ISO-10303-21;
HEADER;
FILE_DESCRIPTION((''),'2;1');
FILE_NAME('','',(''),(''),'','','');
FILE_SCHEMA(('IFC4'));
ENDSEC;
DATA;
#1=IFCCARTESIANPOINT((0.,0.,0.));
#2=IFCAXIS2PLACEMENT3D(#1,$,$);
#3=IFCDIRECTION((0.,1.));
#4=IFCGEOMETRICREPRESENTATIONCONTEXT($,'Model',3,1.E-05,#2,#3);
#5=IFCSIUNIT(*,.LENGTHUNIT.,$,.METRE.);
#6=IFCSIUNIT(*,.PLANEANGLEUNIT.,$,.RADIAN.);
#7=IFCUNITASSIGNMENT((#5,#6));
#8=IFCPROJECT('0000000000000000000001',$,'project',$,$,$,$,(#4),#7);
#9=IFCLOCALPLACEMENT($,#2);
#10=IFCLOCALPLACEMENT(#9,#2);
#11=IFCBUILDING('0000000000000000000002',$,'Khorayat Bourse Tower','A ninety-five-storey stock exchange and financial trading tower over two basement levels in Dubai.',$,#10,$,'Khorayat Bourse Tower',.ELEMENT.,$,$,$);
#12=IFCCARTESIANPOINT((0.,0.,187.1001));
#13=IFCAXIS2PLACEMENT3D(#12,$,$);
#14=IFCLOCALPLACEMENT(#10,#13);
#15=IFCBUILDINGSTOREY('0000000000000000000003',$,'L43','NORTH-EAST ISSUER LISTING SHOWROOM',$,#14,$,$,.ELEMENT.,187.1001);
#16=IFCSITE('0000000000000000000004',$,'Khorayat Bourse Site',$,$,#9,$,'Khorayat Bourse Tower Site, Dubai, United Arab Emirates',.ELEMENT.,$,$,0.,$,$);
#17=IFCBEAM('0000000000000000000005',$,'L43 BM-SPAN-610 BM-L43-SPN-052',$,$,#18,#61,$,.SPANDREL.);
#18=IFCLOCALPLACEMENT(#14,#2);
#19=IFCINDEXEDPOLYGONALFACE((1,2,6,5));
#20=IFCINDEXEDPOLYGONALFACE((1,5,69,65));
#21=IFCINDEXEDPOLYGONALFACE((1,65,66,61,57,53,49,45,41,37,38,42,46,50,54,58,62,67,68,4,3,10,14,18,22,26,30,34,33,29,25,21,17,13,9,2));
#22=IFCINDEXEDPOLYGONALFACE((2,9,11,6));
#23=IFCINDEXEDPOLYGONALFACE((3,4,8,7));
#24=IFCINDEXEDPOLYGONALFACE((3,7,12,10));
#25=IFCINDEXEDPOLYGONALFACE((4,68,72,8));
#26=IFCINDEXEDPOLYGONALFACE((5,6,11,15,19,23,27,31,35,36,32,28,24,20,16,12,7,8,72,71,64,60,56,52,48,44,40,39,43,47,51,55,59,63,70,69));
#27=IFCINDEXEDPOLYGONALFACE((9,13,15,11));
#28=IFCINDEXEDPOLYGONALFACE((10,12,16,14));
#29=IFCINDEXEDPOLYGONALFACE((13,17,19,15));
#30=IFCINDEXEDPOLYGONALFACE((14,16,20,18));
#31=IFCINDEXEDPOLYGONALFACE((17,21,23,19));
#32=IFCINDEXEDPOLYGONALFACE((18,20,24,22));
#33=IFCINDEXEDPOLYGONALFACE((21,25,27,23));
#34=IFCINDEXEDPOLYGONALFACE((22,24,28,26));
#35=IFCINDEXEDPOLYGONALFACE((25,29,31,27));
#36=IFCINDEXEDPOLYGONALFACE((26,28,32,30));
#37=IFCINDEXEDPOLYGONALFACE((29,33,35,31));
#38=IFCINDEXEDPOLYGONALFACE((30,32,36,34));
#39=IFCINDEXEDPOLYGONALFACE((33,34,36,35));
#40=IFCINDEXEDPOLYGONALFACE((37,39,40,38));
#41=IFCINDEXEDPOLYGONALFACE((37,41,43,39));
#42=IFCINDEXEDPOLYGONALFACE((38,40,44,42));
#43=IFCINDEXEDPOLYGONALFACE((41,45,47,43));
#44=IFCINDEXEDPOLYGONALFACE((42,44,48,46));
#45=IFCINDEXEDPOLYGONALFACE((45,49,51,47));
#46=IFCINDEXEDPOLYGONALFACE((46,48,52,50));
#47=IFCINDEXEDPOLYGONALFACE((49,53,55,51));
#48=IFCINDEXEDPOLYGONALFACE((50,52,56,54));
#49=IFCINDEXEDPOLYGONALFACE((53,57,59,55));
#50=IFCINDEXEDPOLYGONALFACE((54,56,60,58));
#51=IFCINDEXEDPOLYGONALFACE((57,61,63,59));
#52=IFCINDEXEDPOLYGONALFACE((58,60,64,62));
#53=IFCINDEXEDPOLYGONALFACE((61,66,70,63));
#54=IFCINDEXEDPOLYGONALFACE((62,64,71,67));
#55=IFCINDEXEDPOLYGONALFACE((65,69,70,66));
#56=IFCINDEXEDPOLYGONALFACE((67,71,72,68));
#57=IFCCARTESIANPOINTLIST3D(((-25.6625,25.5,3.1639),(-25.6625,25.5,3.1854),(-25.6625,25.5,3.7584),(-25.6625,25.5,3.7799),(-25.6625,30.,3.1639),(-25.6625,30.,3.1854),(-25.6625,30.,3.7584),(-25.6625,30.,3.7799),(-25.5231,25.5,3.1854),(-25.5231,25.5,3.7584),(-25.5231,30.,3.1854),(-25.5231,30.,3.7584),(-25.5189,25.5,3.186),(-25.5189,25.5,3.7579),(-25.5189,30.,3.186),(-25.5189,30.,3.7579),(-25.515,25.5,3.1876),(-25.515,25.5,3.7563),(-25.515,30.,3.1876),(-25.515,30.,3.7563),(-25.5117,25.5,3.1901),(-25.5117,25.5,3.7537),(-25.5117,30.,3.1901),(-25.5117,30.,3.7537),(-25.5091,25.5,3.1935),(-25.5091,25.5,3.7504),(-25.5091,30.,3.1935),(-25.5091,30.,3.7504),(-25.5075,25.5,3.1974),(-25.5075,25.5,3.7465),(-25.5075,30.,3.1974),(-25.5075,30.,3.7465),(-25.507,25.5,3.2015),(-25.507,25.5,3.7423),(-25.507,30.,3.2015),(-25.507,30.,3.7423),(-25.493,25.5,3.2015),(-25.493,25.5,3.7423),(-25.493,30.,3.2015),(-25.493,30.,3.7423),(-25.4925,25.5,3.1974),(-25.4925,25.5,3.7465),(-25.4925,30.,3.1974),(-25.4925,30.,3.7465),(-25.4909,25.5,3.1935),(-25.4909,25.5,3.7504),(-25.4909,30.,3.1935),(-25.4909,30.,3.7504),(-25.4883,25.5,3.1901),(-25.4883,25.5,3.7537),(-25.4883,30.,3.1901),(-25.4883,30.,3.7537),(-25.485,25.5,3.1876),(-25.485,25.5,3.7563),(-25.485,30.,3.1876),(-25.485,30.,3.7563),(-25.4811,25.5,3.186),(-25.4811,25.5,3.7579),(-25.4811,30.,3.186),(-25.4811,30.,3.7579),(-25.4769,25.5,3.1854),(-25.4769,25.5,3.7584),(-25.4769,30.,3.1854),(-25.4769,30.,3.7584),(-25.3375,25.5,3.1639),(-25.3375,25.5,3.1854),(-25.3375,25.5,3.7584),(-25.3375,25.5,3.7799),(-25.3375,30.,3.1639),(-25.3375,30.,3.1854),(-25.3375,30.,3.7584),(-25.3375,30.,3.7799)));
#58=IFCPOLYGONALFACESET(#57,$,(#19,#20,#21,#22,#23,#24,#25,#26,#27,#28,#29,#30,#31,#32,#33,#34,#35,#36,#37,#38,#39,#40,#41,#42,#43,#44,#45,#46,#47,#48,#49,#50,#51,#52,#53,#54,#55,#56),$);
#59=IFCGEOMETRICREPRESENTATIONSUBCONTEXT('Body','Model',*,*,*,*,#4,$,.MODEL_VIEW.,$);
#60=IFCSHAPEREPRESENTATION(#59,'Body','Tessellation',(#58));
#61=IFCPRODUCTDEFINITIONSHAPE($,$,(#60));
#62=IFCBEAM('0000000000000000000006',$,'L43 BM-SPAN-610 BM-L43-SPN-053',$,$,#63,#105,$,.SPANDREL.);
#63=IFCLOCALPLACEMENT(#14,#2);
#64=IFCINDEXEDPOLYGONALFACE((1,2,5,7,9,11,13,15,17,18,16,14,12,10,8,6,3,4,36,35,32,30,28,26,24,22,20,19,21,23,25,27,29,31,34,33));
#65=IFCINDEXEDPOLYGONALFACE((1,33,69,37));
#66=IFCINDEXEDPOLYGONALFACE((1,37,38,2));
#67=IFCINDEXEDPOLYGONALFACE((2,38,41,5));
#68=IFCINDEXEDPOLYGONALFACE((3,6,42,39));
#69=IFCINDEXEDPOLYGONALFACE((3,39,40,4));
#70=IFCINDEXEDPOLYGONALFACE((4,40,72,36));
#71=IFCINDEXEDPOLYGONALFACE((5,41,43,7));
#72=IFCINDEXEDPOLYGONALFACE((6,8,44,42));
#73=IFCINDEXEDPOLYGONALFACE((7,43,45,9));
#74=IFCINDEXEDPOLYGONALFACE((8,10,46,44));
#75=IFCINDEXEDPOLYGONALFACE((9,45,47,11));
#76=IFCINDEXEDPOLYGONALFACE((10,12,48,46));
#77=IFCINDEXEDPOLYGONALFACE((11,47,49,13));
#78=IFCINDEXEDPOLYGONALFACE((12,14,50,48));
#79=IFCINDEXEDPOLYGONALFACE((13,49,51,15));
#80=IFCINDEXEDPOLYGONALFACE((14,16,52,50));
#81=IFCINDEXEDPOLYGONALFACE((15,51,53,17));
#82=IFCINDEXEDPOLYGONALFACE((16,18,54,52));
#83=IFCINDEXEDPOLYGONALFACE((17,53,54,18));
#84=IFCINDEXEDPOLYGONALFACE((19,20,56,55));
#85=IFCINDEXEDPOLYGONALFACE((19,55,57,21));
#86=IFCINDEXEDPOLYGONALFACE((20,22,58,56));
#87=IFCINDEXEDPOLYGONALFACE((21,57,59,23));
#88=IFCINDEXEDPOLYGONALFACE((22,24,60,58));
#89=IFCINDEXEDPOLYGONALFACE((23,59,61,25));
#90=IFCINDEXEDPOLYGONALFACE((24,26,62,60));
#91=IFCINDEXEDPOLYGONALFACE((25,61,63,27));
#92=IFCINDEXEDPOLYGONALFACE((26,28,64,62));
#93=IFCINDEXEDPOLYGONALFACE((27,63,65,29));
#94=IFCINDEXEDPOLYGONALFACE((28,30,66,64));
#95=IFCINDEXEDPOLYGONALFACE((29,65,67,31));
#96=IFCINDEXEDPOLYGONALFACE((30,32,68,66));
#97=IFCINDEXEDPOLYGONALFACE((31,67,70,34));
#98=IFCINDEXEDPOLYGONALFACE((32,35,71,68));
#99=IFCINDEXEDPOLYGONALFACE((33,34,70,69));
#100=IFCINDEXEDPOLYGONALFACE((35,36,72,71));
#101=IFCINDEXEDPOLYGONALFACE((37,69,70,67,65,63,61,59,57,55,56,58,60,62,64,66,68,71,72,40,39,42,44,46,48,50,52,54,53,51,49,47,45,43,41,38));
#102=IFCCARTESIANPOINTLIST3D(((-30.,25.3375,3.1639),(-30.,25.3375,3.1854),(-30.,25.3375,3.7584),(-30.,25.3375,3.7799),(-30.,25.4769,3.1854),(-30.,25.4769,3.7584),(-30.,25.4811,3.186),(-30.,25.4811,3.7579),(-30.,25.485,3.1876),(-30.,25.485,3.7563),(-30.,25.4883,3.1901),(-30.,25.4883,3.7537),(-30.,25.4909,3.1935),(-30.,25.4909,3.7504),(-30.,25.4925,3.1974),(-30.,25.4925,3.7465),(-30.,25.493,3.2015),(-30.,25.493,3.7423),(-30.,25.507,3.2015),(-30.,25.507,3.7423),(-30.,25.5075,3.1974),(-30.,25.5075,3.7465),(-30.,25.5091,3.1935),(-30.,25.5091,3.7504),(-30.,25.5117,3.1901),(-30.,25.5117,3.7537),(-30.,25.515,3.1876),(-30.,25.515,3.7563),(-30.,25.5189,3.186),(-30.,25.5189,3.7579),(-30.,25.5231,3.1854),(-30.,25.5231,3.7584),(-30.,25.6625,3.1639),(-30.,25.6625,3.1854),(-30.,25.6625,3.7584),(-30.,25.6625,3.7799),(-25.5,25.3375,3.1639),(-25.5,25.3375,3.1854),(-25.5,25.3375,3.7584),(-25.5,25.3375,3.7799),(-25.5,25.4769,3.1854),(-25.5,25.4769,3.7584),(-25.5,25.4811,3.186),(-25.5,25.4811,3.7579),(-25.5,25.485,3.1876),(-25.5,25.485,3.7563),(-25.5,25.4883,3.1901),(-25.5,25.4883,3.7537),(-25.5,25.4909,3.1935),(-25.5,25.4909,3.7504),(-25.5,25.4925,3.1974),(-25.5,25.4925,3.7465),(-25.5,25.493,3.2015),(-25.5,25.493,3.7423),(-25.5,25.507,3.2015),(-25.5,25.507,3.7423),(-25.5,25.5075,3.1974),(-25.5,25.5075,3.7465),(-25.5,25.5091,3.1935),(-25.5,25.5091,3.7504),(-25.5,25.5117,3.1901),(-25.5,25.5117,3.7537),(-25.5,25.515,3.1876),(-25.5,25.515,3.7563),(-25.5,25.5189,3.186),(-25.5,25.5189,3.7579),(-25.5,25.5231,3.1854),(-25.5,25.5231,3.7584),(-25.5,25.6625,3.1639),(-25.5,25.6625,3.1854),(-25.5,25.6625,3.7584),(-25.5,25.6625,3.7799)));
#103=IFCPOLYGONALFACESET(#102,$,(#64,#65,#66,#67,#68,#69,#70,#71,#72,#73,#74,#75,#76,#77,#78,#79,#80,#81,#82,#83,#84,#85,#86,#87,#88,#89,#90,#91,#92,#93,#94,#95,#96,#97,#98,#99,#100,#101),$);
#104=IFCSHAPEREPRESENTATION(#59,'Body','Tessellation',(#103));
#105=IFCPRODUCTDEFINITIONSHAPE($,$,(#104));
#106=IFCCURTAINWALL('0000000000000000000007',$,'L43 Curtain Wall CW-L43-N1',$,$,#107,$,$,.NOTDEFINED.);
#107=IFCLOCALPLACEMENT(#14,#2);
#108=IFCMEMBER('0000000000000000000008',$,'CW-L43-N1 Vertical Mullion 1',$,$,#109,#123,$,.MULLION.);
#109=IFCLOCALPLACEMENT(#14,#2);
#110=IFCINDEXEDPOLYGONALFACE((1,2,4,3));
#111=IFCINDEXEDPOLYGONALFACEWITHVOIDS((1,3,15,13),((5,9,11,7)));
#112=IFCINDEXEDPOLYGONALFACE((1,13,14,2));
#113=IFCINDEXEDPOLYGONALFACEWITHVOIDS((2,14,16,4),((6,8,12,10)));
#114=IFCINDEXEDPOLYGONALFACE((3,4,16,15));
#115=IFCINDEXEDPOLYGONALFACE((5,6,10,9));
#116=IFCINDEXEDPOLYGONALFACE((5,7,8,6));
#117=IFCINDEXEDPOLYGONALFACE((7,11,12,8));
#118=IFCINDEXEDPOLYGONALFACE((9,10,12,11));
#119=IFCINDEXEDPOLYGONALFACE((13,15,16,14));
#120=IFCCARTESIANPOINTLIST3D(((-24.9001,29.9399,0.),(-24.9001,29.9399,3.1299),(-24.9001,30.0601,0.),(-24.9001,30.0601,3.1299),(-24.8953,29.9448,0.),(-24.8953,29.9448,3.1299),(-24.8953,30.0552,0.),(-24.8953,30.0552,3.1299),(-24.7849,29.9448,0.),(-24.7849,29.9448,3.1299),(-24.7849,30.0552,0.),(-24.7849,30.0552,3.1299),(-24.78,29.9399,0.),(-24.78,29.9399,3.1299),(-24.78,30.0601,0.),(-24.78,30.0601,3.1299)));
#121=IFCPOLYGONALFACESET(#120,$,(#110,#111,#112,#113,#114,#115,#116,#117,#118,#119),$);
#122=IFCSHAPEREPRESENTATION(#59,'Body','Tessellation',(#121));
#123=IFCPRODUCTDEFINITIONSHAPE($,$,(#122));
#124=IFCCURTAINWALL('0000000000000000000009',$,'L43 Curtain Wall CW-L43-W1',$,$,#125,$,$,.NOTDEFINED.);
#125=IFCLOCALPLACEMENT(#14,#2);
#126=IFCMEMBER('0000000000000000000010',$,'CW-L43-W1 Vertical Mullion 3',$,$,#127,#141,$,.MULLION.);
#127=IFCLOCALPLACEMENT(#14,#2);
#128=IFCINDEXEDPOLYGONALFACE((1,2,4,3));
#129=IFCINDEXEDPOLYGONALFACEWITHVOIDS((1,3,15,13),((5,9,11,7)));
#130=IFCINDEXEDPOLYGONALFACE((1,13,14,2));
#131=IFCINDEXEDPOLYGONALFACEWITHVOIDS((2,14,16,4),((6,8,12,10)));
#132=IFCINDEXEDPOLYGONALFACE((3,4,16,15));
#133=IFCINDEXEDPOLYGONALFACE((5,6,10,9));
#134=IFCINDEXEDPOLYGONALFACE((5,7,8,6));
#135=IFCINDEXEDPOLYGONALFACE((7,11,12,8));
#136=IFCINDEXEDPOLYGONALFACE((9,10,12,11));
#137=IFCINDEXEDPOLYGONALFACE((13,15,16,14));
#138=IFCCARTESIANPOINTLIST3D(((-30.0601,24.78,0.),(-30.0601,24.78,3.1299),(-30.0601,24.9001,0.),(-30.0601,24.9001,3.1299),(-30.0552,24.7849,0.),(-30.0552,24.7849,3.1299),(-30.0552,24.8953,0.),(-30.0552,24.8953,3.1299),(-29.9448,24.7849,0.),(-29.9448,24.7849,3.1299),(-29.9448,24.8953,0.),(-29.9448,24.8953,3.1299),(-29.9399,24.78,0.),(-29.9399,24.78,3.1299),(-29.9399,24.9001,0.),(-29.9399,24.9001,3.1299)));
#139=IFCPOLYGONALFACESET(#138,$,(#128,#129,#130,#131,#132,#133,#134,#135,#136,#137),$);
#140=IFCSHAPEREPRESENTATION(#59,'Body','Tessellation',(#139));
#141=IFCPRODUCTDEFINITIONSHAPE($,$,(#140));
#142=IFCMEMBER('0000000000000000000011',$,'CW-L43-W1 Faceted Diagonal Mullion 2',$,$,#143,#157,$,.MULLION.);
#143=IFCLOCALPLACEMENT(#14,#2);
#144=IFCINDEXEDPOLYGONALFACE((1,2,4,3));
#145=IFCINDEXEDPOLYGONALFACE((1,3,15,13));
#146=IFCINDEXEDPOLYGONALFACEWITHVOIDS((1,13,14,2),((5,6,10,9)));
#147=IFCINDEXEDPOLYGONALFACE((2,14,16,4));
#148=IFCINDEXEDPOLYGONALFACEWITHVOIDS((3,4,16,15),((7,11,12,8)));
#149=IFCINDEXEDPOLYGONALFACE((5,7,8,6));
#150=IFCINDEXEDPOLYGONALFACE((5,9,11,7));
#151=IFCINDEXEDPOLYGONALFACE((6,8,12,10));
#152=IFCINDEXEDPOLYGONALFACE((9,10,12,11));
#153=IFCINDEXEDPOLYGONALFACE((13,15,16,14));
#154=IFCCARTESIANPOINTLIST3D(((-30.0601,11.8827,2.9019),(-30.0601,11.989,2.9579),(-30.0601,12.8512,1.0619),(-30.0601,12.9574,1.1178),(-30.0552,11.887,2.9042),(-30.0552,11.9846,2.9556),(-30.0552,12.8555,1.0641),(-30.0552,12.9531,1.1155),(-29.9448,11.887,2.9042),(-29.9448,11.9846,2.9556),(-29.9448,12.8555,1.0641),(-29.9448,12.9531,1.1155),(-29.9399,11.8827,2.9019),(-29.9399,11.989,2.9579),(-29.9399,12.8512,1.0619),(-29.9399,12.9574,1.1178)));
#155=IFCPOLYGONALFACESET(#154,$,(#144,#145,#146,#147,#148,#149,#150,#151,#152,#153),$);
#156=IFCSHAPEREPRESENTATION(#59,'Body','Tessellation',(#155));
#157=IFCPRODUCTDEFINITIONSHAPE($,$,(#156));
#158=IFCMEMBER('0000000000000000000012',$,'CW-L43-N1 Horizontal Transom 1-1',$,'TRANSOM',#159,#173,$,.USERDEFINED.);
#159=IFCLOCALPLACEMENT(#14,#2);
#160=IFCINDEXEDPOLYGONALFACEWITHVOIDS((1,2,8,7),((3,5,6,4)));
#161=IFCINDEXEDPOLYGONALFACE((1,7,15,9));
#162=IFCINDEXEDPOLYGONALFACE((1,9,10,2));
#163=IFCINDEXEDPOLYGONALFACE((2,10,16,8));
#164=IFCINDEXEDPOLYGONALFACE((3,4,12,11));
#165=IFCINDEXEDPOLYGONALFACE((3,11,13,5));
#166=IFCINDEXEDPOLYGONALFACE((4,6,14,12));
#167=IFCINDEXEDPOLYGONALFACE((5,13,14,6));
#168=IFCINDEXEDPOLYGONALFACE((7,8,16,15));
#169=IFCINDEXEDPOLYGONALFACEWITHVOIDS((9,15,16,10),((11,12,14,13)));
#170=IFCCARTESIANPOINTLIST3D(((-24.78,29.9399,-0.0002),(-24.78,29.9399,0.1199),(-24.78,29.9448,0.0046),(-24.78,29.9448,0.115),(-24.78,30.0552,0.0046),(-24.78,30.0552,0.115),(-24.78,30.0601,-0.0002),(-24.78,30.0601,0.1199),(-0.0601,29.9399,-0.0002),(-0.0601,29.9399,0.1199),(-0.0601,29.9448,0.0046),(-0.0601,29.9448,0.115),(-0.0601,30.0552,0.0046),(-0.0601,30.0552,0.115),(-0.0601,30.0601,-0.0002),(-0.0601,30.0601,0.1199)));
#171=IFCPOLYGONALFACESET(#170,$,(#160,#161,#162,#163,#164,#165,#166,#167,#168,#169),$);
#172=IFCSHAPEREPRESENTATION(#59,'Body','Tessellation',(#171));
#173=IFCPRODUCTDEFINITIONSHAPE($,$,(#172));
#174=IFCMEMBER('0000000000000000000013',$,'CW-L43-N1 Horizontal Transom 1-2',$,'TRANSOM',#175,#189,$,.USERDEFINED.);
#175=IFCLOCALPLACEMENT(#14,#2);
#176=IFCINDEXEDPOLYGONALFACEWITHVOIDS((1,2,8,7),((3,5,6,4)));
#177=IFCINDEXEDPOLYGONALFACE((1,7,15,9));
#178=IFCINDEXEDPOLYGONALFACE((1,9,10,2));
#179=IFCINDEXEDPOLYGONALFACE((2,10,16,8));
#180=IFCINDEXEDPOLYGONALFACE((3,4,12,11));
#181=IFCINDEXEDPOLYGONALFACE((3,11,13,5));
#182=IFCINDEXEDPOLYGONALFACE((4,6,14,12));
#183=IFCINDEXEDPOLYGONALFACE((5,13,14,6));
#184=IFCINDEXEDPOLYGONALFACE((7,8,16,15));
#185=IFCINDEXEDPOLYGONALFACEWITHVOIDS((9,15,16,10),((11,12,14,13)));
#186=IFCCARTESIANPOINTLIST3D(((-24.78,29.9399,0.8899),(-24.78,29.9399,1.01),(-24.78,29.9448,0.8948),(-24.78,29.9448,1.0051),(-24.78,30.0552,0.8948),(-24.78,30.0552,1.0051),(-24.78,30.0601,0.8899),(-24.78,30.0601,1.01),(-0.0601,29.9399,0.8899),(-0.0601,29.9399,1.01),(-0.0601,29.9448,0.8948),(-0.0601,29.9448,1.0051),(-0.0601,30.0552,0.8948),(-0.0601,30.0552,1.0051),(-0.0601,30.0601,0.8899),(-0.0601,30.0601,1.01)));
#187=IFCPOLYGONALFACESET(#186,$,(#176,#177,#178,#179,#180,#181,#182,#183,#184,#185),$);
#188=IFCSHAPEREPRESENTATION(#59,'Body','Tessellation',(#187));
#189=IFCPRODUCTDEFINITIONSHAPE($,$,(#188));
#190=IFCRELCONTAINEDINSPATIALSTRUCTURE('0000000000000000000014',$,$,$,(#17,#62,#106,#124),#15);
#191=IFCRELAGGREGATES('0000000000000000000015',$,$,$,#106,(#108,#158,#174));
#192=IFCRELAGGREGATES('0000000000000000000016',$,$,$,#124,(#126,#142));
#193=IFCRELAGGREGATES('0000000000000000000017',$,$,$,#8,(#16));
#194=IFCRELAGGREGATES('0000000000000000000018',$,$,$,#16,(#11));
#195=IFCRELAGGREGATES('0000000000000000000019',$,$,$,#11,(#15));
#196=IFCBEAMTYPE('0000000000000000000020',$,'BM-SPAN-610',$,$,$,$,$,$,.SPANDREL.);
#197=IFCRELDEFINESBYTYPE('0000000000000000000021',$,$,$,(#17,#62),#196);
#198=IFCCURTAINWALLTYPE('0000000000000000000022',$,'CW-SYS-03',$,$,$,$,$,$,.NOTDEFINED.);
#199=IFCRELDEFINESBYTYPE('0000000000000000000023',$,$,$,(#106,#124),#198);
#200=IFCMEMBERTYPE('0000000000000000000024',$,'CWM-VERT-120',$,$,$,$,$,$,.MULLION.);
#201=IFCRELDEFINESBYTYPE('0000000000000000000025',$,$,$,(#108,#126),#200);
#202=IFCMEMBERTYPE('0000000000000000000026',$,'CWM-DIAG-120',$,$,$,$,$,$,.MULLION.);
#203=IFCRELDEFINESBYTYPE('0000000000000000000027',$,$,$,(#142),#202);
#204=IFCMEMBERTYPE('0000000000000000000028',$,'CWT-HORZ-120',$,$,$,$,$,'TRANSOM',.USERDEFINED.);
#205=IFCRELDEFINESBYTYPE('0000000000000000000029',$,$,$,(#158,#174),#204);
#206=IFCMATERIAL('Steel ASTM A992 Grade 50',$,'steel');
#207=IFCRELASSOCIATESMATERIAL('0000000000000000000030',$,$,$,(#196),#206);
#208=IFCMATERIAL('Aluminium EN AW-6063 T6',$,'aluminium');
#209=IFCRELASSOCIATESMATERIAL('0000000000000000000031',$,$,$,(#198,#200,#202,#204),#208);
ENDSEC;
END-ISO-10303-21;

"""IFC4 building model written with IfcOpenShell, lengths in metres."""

from ifc_helpers import new_model, si_unit, direction, frame, origin, origin_2d, place, context, subcontext, project, spatial, hollow_rectangle, i_section, extrude, source, transform, mapped, material, material_profile, profile_set, type_object, element, aggregate, save


model = new_model("IFC4")

# Units and contexts
model_context = context("Model", 3, precision=1e-05, world=origin(), true_north=direction((0.0, 1.0)))
body_context = subcontext(model_context, "Body", "Model", "MODEL_VIEW")
ifc_project = project(units=[si_unit("LENGTHUNIT", "METRE"), si_unit("PLANEANGLEUNIT", "RADIAN")], contexts=[model_context])

# Site, building, storey
site_placement = place(None, origin())
site = spatial("IfcSite", under=ifc_project, at=site_placement, Name="Khorayat Bourse Site", LongName="Khorayat Bourse Tower Site, Dubai, United Arab Emirates", CompositionType="ELEMENT", RefElevation=0.0)
building_placement = place(site_placement, origin())
building = spatial("IfcBuilding", under=site, at=building_placement, Name="Khorayat Bourse Tower", Description="A ninety-five-storey stock exchange and financial trading tower over two basement levels in Dubai.", LongName="Khorayat Bourse Tower", CompositionType="ELEMENT")
storey_placement = place(building_placement, frame((0.0, 0.0, 187.1001)))
storey = spatial("IfcBuildingStorey", under=building, at=storey_placement, Name="L43", Description="NORTH-EAST ISSUER LISTING SHOWROOM", CompositionType="ELEMENT", Elevation=187.1001)

# Beams
ifc_material_1 = material(Name="Steel ASTM A992 Grade 50", Category="steel")
ifc_material_profile_1 = material_profile(ifc_material_1, i_section(OverallWidth=0.325, OverallDepth=0.616, WebThickness=0.0139, FlangeThickness=0.0215, FilletRadius=0.0161, at=origin_2d()), Name="W610X174")
ifc_profile_set_1 = profile_set([ifc_material_profile_1], Name="Steel ASTM A992 Grade 50")
beam_type_1 = type_object("IfcBeamType", Name="BM-SPAN-610", PredefinedType="SPANDREL", material=ifc_profile_set_1)
shared_shape_1 = source(origin(), body_context, "Body", "SweptSolid", [
    extrude(i_section(OverallWidth=0.325, OverallDepth=0.616, WebThickness=0.0139, FlangeThickness=0.0215, FilletRadius=0.0161, at=origin_2d()), origin(), (0.0, 0.0, 1.0), 4.5),
])
for number, where, z_axis, x_axis, name in (
    (1, (-25.5, 25.5, 3.4719), (0.0, 1.0, 0.0), (-1.0, 0.0, 0.0), "L43 BM-SPAN-610 BM-L43-SPN-052"),
    (2, (-30.0, 25.5, 3.4719), (1.0, 0.0, 0.0), (0.0, 1.0, 0.0), "L43 BM-SPAN-610 BM-L43-SPN-053"),
):
    element("IfcBeam", number, at=place(storey_placement, frame(where, z_axis=z_axis, x_axis=x_axis)), inside=storey, type_object=beam_type_1, Name=name, PredefinedType="SPANDREL", context=body_context, shape_type="MappedRepresentation", body=[
        mapped(shared_shape_1, transform((0.0, 0.0, 0.0), scale=1.0)),
    ])

# Curtain wall, member
ifc_material_2 = material(Name="Aluminium EN AW-6063 T6", Category="aluminium")
curtain_wall_type = type_object("IfcCurtainWallType", Name="CW-SYS-03", PredefinedType="NOTDEFINED", material=ifc_material_2)
curtain_wall_1_placement = place(storey_placement, origin())
curtain_wall_1 = element("IfcCurtainWall", 3, at=curtain_wall_1_placement, inside=storey, type_object=curtain_wall_type, Name="L43 Curtain Wall CW-L43-N1", PredefinedType="NOTDEFINED")
ifc_material_profile_2 = material_profile(ifc_material_2, hollow_rectangle(XDim=0.1201, YDim=0.1201, WallThickness=0.0049, at=origin_2d()), Name="ALU 120x120x5")
ifc_profile_set_2 = profile_set([ifc_material_profile_2], Name="Aluminium EN AW-6063 T6")
member_type_1 = type_object("IfcMemberType", Name="CWM-VERT-120", PredefinedType="MULLION", material=ifc_profile_set_2)
shared_shape_2 = source(origin(), body_context, "Body", "SweptSolid", [
    extrude(hollow_rectangle(XDim=0.1201, YDim=0.1201, WallThickness=0.0049, at=origin_2d()), origin(), (0.0, 0.0, 1.0), 3.1299),
])
member_1_placement = place(storey_placement, frame((-24.8401, 30.0, 0.0), z_axis=(0.0, 0.0, 1.0), x_axis=(0.0, 1.0, 0.0)))
member_1 = element("IfcMember", 4, at=member_1_placement, type_object=member_type_1, Name="CW-L43-N1 Vertical Mullion 1", PredefinedType="MULLION", context=body_context, shape_type="MappedRepresentation", body=[
    mapped(shared_shape_2, transform((0.0, 0.0, 0.0), scale=1.0)),
])

# Curtain wall, members
curtain_wall_2_placement = place(storey_placement, origin())
curtain_wall_2 = element("IfcCurtainWall", 5, at=curtain_wall_2_placement, inside=storey, type_object=curtain_wall_type, Name="L43 Curtain Wall CW-L43-W1", PredefinedType="NOTDEFINED")
member_2_placement = place(storey_placement, frame((-30.0, 24.8401, 0.0), z_axis=(0.0, 0.0, 1.0), x_axis=(-1.0, 0.0, 0.0)))
member_2 = element("IfcMember", 6, at=member_2_placement, type_object=member_type_1, Name="CW-L43-W1 Vertical Mullion 3", PredefinedType="MULLION", context=body_context, shape_type="MappedRepresentation", body=[
    mapped(shared_shape_2, transform((0.0, 0.0, 0.0), scale=1.0)),
])
ifc_material_profile_3 = material_profile(ifc_material_2, hollow_rectangle(XDim=0.1201, YDim=0.1201, WallThickness=0.0049, at=origin_2d()), Name="ALU 120x120x5")
ifc_profile_set_3 = profile_set([ifc_material_profile_3], Name="Aluminium EN AW-6063 T6")
member_type_2 = type_object("IfcMemberType", Name="CWM-DIAG-120", PredefinedType="MULLION", material=ifc_profile_set_3)
shared_shape_3 = source(origin(), body_context, "Body", "SweptSolid", [
    extrude(hollow_rectangle(XDim=0.1201, YDim=0.1201, WallThickness=0.0049, at=origin_2d()), origin(), (0.0, 0.0, 1.0), 2.0793),
])
member_3_placement = place(storey_placement, frame((-30.0, 12.9043, 1.0898), z_axis=(0.0, -0.465761, 0.884911), x_axis=(1.0, 0.0, 0.0)))
member_3 = element("IfcMember", 7, at=member_3_placement, type_object=member_type_2, Name="CW-L43-W1 Faceted Diagonal Mullion 2", PredefinedType="MULLION", context=body_context, shape_type="MappedRepresentation", body=[
    mapped(shared_shape_3, transform((0.0, 0.0, 0.0), scale=1.0)),
])

# Members
ifc_material_profile_4 = material_profile(ifc_material_2, hollow_rectangle(XDim=0.1201, YDim=0.1201, WallThickness=0.0049, at=origin_2d()), Name="ALU 120x120x5")
ifc_profile_set_4 = profile_set([ifc_material_profile_4], Name="Aluminium EN AW-6063 T6")
member_type_3 = type_object("IfcMemberType", Name="CWT-HORZ-120", ElementType="TRANSOM", PredefinedType="USERDEFINED", material=ifc_profile_set_4)
shared_shape_4 = source(origin(), body_context, "Body", "SweptSolid", [
    extrude(hollow_rectangle(XDim=0.1201, YDim=0.1201, WallThickness=0.0049, at=origin_2d()), origin(), (0.0, 0.0, 1.0), 24.72),
])
member_4_placement = place(storey_placement, frame((-24.78, 30.0, 0.0598), z_axis=(1.0, 0.0, 0.0), x_axis=(0.0, 1.0, 0.0)))
member_4 = element("IfcMember", 8, at=member_4_placement, type_object=member_type_3, Name="CW-L43-N1 Horizontal Transom 1-1", ObjectType="TRANSOM", PredefinedType="USERDEFINED", context=body_context, shape_type="MappedRepresentation", body=[
    mapped(shared_shape_4, transform((0.0, 0.0, 0.0), scale=1.0)),
])
member_5_placement = place(storey_placement, frame((-24.78, 30.0, 0.95), z_axis=(1.0, 0.0, 0.0), x_axis=(0.0, 1.0, 0.0)))
member_5 = element("IfcMember", 9, at=member_5_placement, type_object=member_type_3, Name="CW-L43-N1 Horizontal Transom 1-2", ObjectType="TRANSOM", PredefinedType="USERDEFINED", context=body_context, shape_type="MappedRepresentation", body=[
    mapped(shared_shape_4, transform((0.0, 0.0, 0.0), scale=1.0)),
])
aggregate(curtain_wall_1, [member_1, member_4, member_5])

aggregate(curtain_wall_2, [member_2, member_3])

save(model, "model.ifc")
